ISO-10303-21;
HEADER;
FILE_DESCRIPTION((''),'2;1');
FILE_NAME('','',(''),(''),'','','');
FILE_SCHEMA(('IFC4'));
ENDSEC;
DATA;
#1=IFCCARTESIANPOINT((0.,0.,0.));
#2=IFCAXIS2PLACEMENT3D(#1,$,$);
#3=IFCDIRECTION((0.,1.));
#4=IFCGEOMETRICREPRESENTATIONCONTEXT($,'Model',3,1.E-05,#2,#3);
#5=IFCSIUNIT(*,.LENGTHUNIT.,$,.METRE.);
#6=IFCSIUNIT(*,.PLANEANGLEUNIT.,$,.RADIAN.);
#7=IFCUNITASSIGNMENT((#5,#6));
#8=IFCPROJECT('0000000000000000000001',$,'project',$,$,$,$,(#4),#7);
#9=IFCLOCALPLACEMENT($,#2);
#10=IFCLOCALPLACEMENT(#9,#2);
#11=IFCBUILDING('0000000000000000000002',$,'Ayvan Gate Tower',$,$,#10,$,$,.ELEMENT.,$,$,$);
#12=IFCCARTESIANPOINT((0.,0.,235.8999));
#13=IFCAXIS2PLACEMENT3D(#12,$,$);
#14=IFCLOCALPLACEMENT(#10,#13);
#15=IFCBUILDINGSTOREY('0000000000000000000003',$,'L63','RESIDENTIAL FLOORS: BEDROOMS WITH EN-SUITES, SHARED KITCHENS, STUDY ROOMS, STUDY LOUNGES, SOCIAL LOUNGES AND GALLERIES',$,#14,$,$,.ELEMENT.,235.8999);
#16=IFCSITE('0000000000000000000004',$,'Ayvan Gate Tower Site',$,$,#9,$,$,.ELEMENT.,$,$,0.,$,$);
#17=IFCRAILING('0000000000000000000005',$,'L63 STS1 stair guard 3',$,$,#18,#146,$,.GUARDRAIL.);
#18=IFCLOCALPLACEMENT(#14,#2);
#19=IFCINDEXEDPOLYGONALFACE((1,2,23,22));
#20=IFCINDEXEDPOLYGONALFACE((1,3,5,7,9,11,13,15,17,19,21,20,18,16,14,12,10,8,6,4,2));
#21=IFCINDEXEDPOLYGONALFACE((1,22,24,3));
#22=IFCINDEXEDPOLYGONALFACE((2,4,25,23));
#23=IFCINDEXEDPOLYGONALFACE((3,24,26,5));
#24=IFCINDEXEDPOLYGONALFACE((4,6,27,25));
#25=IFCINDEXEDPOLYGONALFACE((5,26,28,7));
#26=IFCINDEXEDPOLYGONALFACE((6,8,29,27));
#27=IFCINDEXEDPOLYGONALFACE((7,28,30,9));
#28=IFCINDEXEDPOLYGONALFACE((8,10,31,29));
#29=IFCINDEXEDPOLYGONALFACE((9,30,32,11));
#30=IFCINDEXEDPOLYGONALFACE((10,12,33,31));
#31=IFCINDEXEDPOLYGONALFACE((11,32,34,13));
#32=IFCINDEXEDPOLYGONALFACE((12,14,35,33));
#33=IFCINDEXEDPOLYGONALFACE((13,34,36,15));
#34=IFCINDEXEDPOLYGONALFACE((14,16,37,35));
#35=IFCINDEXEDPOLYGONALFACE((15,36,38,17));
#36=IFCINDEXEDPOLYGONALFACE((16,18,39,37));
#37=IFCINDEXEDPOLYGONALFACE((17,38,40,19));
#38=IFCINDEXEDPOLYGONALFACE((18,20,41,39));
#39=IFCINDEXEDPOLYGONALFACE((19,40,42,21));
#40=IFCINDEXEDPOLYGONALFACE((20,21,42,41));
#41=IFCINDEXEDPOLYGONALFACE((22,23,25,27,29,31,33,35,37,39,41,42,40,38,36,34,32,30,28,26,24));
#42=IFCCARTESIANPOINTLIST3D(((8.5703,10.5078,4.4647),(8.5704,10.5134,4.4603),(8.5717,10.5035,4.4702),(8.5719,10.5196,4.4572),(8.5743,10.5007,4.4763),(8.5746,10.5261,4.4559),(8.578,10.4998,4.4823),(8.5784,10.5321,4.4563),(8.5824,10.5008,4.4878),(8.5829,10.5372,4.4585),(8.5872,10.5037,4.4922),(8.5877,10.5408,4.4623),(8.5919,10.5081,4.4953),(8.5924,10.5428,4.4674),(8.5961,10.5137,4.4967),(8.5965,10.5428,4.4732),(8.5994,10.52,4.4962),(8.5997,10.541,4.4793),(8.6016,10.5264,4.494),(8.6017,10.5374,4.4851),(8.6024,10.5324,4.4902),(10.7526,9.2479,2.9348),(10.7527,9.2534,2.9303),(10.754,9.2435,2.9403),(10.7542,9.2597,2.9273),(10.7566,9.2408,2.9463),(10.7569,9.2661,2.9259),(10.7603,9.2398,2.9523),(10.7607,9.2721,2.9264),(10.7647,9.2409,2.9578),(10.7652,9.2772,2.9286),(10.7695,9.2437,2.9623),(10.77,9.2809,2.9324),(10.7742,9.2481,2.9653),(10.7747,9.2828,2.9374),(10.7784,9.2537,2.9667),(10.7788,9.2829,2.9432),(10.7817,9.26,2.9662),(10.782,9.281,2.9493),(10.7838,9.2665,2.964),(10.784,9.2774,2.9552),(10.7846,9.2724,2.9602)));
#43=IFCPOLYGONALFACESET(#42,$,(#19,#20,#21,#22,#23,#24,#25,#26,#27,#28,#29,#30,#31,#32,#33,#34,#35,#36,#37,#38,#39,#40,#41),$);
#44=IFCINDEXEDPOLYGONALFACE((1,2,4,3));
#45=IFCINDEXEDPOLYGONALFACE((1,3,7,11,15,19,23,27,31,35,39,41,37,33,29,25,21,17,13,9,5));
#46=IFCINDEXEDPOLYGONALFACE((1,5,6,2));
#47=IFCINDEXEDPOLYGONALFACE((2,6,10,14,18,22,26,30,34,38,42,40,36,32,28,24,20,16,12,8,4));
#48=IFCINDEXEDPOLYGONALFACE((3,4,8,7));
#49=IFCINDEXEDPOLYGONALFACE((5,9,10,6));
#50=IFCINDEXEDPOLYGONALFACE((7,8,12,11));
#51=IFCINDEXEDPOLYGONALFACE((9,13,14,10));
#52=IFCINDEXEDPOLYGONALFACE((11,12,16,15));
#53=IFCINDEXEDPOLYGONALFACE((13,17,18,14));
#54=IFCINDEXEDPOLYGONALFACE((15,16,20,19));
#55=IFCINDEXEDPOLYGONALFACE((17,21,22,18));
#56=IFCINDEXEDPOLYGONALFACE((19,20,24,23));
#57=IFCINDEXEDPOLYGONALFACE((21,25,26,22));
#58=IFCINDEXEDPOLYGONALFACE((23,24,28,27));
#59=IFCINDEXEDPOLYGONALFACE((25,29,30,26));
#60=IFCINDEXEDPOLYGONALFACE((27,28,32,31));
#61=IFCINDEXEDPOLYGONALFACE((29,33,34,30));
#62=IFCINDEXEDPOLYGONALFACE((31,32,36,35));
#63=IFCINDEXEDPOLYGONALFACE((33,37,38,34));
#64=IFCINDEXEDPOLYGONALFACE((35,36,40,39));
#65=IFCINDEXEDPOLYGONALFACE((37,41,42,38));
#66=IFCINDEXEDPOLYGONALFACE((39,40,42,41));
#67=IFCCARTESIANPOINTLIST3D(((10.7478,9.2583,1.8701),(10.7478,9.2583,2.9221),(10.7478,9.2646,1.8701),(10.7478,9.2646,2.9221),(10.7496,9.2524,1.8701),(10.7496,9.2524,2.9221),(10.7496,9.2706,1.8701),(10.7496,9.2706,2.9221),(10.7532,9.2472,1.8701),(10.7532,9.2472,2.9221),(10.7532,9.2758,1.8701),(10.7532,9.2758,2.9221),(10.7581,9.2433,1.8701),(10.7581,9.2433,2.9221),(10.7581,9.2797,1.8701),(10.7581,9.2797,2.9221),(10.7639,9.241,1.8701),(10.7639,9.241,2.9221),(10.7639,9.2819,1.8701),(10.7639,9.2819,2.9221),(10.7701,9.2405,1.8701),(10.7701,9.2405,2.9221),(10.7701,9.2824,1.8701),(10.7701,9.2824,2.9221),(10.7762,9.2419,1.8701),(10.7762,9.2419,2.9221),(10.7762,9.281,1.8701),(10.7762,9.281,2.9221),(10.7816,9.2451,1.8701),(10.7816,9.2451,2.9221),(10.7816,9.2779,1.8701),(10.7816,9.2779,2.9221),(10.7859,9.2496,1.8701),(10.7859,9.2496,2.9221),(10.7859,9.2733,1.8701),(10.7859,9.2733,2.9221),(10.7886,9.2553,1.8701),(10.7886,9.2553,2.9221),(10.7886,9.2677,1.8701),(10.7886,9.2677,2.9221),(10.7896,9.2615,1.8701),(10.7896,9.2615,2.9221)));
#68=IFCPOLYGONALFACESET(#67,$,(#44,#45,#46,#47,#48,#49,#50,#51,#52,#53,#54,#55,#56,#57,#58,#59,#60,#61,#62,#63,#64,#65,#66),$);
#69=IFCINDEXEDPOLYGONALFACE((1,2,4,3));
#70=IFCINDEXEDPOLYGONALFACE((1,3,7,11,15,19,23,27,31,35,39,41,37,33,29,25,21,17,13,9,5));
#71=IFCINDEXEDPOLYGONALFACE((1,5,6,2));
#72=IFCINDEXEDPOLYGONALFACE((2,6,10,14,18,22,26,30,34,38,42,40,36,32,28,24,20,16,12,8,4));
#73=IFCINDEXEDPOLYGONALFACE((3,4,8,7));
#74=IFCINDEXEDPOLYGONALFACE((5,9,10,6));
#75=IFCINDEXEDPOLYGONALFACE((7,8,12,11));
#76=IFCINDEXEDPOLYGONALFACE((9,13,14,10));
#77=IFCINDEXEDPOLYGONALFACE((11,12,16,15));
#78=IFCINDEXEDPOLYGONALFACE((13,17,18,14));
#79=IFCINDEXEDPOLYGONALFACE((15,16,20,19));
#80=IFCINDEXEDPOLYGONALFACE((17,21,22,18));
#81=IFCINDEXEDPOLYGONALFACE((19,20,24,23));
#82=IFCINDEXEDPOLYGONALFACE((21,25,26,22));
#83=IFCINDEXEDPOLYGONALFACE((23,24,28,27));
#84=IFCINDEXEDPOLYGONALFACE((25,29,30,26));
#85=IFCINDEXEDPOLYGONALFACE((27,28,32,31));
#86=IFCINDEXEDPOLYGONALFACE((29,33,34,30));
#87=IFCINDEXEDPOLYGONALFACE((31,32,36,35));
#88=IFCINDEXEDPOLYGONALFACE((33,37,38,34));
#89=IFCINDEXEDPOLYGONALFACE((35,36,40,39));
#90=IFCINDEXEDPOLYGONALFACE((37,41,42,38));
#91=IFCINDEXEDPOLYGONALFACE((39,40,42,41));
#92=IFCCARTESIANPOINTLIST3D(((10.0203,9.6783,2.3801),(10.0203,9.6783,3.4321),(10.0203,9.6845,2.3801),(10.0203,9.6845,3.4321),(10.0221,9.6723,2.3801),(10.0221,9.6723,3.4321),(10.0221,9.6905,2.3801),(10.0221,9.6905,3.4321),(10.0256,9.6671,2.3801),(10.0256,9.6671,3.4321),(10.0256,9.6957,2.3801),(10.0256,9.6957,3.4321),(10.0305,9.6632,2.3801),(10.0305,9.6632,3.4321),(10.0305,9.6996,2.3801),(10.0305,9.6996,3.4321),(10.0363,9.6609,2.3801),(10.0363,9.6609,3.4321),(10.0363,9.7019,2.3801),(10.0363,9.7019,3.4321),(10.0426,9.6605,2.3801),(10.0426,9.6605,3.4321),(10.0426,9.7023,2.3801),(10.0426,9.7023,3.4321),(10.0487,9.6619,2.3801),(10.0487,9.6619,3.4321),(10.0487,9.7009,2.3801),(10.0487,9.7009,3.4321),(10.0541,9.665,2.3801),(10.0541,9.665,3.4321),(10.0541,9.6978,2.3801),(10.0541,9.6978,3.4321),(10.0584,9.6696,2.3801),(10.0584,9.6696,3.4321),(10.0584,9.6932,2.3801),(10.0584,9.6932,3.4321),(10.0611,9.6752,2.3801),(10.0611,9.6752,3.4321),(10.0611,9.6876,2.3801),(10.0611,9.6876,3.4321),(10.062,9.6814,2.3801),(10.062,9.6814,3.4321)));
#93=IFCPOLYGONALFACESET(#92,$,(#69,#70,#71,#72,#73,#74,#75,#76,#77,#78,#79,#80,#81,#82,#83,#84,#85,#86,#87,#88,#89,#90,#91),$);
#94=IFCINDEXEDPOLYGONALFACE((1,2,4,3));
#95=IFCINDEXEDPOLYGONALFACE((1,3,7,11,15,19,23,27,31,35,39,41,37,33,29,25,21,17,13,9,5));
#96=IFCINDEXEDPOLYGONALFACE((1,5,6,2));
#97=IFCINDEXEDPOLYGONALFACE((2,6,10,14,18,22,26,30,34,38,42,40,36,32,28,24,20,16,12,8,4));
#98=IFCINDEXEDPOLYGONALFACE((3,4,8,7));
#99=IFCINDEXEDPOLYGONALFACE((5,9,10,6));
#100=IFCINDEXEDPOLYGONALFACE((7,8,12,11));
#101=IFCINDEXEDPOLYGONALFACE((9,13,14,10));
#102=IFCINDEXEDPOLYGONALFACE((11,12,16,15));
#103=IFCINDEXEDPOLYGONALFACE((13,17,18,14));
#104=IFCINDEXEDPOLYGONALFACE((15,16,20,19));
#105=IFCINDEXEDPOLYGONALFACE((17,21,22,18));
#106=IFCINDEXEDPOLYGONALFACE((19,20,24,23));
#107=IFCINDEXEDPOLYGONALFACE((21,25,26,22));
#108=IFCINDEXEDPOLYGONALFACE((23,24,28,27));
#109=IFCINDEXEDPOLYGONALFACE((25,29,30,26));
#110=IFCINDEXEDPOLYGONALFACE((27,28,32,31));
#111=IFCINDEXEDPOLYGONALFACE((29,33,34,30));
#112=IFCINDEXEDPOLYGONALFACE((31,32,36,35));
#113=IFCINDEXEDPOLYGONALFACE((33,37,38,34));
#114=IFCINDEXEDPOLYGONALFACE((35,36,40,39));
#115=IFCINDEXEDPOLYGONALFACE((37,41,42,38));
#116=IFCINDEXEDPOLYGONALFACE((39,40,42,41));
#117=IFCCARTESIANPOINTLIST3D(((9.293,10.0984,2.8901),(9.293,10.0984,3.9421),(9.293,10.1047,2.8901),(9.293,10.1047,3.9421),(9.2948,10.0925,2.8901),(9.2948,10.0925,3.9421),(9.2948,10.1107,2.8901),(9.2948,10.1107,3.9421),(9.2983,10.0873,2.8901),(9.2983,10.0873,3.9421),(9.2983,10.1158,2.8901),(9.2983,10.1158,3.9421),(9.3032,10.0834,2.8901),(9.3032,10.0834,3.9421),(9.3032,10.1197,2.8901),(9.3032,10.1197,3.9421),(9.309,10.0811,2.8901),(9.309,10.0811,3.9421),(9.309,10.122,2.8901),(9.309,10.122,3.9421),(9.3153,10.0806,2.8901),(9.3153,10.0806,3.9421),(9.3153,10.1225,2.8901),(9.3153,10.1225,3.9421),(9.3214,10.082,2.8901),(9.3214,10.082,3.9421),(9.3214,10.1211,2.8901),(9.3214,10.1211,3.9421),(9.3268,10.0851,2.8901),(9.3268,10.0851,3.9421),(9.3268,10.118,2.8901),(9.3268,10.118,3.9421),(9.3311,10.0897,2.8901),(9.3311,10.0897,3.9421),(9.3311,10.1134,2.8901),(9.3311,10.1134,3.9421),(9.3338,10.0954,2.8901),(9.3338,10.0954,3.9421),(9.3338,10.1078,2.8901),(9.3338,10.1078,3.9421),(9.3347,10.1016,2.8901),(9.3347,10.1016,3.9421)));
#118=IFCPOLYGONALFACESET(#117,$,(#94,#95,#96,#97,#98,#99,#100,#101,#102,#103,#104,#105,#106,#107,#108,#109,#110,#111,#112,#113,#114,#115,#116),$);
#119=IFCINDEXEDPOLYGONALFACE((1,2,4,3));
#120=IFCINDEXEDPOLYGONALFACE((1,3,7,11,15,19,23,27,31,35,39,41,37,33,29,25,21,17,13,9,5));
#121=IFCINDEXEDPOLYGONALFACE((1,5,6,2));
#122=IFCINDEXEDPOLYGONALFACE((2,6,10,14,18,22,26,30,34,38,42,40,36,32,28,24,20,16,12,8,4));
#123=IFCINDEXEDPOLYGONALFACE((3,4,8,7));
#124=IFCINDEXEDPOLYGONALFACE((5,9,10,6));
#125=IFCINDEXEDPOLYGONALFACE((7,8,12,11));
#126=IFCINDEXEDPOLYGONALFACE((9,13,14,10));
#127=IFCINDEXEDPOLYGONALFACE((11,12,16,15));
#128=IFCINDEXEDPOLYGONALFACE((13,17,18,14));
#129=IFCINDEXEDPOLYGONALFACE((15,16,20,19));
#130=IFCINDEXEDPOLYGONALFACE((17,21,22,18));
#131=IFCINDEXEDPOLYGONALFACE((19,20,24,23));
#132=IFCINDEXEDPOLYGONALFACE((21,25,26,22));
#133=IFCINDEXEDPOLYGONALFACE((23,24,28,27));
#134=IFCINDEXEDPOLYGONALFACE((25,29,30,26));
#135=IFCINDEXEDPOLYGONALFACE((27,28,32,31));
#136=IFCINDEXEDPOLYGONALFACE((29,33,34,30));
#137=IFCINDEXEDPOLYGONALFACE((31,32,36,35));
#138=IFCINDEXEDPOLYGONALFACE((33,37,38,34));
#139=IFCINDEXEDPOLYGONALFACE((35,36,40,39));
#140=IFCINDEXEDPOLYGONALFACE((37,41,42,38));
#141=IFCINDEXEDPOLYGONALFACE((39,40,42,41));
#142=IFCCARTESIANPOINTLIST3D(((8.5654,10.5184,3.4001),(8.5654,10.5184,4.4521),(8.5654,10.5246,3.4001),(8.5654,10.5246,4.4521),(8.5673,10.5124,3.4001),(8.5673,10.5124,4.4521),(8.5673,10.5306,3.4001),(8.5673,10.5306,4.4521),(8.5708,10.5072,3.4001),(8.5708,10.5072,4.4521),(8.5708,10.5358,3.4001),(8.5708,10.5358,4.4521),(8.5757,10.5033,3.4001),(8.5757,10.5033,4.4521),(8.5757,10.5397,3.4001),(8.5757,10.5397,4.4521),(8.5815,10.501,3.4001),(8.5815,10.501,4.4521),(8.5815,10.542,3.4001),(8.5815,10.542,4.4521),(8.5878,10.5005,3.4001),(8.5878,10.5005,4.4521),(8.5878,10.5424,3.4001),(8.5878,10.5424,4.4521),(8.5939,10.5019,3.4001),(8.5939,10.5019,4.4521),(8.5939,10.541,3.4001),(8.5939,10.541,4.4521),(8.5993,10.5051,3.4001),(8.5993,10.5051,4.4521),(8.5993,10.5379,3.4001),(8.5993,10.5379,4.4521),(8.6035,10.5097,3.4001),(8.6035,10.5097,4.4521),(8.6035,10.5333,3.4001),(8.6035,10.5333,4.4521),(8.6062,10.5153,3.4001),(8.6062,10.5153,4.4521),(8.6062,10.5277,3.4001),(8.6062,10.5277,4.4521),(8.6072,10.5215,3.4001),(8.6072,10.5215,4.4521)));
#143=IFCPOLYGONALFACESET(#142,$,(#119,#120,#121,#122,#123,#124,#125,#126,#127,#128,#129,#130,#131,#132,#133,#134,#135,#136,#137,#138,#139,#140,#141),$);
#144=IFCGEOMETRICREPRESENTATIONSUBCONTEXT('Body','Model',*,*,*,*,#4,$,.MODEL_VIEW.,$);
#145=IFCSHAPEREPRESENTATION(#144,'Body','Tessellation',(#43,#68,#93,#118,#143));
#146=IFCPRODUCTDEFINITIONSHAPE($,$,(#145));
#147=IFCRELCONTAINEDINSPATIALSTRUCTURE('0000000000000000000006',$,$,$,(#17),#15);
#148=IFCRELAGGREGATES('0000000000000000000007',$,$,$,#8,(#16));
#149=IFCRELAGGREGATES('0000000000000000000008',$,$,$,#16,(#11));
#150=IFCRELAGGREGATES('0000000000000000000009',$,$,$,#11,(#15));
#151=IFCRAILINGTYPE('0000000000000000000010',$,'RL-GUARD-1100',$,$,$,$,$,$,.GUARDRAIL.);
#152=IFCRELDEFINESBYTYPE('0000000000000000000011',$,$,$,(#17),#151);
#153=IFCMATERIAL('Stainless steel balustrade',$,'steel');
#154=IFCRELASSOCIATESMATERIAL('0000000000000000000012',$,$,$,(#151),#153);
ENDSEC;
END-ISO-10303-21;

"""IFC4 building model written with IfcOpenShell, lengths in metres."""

from ifc_helpers import new_model, si_unit, direction, frame, origin, origin_2d, place, context, subcontext, project, spatial, circle, extrude, material, type_object, element, save


model = new_model("IFC4")

# Units and contexts
model_context = context("Model", 3, precision=1e-05, world=origin(), true_north=direction((0.0, 1.0)))
body_context = subcontext(model_context, "Body", "Model", "MODEL_VIEW")
ifc_project = project(units=[si_unit("LENGTHUNIT", "METRE"), si_unit("PLANEANGLEUNIT", "RADIAN")], contexts=[model_context])

# Site, building, storey
site_placement = place(None, origin())
site = spatial("IfcSite", under=ifc_project, at=site_placement, Name="Ayvan Gate Tower Site", CompositionType="ELEMENT", RefElevation=0.0)
building_placement = place(site_placement, origin())
building = spatial("IfcBuilding", under=site, at=building_placement, Name="Ayvan Gate Tower", CompositionType="ELEMENT")
storey_placement = place(building_placement, frame((0.0, 0.0, 235.8999)))
storey = spatial("IfcBuildingStorey", under=building, at=storey_placement, Name="L63", Description="RESIDENTIAL FLOORS: BEDROOMS WITH EN-SUITES, SHARED KITCHENS, STUDY ROOMS, STUDY LOUNGES, SOCIAL LOUNGES AND GALLERIES", CompositionType="ELEMENT", Elevation=235.8999)

# Railing
ifc_material_1 = material(Name="Stainless steel balustrade", Category="steel")
railing_type_1 = type_object("IfcRailingType", Name="RL-GUARD-1100", PredefinedType="GUARDRAIL", material=ifc_material_1)
railing_1_placement = place(storey_placement, frame((10.7686, 9.2615, 1.8701)))
element("IfcRailing", 1, at=railing_1_placement, inside=storey, type_object=railing_type_1, Name="L63 STS1 stair guard 3", PredefinedType="GUARDRAIL", context=body_context, shape_type="SweptSolid", body=[
    extrude(circle(Radius=0.0239, at=origin_2d()), frame((0.0, 0.0, 1.0762), z_axis=(-0.740261, 0.427395, 0.518986), x_axis=(-0.500005, -0.866023, 0.0)), (0.0, 0.0, 1.0), 2.948),
    extrude(circle(Radius=0.021, at=origin_2d()), origin(), (0.0, 0.0, 1.0), 1.052),
    extrude(circle(Radius=0.021, at=origin_2d()), frame((-0.7275, 0.4199, 0.51)), (0.0, 0.0, 1.0), 1.052),
    extrude(circle(Radius=0.021, at=origin_2d()), frame((-1.4548, 0.8401, 1.02)), (0.0, 0.0, 1.0), 1.052),
    extrude(circle(Radius=0.021, at=origin_2d()), frame((-2.1824, 1.26, 1.53)), (0.0, 0.0, 1.0), 1.052),
])

save(model, "model.ifc")
